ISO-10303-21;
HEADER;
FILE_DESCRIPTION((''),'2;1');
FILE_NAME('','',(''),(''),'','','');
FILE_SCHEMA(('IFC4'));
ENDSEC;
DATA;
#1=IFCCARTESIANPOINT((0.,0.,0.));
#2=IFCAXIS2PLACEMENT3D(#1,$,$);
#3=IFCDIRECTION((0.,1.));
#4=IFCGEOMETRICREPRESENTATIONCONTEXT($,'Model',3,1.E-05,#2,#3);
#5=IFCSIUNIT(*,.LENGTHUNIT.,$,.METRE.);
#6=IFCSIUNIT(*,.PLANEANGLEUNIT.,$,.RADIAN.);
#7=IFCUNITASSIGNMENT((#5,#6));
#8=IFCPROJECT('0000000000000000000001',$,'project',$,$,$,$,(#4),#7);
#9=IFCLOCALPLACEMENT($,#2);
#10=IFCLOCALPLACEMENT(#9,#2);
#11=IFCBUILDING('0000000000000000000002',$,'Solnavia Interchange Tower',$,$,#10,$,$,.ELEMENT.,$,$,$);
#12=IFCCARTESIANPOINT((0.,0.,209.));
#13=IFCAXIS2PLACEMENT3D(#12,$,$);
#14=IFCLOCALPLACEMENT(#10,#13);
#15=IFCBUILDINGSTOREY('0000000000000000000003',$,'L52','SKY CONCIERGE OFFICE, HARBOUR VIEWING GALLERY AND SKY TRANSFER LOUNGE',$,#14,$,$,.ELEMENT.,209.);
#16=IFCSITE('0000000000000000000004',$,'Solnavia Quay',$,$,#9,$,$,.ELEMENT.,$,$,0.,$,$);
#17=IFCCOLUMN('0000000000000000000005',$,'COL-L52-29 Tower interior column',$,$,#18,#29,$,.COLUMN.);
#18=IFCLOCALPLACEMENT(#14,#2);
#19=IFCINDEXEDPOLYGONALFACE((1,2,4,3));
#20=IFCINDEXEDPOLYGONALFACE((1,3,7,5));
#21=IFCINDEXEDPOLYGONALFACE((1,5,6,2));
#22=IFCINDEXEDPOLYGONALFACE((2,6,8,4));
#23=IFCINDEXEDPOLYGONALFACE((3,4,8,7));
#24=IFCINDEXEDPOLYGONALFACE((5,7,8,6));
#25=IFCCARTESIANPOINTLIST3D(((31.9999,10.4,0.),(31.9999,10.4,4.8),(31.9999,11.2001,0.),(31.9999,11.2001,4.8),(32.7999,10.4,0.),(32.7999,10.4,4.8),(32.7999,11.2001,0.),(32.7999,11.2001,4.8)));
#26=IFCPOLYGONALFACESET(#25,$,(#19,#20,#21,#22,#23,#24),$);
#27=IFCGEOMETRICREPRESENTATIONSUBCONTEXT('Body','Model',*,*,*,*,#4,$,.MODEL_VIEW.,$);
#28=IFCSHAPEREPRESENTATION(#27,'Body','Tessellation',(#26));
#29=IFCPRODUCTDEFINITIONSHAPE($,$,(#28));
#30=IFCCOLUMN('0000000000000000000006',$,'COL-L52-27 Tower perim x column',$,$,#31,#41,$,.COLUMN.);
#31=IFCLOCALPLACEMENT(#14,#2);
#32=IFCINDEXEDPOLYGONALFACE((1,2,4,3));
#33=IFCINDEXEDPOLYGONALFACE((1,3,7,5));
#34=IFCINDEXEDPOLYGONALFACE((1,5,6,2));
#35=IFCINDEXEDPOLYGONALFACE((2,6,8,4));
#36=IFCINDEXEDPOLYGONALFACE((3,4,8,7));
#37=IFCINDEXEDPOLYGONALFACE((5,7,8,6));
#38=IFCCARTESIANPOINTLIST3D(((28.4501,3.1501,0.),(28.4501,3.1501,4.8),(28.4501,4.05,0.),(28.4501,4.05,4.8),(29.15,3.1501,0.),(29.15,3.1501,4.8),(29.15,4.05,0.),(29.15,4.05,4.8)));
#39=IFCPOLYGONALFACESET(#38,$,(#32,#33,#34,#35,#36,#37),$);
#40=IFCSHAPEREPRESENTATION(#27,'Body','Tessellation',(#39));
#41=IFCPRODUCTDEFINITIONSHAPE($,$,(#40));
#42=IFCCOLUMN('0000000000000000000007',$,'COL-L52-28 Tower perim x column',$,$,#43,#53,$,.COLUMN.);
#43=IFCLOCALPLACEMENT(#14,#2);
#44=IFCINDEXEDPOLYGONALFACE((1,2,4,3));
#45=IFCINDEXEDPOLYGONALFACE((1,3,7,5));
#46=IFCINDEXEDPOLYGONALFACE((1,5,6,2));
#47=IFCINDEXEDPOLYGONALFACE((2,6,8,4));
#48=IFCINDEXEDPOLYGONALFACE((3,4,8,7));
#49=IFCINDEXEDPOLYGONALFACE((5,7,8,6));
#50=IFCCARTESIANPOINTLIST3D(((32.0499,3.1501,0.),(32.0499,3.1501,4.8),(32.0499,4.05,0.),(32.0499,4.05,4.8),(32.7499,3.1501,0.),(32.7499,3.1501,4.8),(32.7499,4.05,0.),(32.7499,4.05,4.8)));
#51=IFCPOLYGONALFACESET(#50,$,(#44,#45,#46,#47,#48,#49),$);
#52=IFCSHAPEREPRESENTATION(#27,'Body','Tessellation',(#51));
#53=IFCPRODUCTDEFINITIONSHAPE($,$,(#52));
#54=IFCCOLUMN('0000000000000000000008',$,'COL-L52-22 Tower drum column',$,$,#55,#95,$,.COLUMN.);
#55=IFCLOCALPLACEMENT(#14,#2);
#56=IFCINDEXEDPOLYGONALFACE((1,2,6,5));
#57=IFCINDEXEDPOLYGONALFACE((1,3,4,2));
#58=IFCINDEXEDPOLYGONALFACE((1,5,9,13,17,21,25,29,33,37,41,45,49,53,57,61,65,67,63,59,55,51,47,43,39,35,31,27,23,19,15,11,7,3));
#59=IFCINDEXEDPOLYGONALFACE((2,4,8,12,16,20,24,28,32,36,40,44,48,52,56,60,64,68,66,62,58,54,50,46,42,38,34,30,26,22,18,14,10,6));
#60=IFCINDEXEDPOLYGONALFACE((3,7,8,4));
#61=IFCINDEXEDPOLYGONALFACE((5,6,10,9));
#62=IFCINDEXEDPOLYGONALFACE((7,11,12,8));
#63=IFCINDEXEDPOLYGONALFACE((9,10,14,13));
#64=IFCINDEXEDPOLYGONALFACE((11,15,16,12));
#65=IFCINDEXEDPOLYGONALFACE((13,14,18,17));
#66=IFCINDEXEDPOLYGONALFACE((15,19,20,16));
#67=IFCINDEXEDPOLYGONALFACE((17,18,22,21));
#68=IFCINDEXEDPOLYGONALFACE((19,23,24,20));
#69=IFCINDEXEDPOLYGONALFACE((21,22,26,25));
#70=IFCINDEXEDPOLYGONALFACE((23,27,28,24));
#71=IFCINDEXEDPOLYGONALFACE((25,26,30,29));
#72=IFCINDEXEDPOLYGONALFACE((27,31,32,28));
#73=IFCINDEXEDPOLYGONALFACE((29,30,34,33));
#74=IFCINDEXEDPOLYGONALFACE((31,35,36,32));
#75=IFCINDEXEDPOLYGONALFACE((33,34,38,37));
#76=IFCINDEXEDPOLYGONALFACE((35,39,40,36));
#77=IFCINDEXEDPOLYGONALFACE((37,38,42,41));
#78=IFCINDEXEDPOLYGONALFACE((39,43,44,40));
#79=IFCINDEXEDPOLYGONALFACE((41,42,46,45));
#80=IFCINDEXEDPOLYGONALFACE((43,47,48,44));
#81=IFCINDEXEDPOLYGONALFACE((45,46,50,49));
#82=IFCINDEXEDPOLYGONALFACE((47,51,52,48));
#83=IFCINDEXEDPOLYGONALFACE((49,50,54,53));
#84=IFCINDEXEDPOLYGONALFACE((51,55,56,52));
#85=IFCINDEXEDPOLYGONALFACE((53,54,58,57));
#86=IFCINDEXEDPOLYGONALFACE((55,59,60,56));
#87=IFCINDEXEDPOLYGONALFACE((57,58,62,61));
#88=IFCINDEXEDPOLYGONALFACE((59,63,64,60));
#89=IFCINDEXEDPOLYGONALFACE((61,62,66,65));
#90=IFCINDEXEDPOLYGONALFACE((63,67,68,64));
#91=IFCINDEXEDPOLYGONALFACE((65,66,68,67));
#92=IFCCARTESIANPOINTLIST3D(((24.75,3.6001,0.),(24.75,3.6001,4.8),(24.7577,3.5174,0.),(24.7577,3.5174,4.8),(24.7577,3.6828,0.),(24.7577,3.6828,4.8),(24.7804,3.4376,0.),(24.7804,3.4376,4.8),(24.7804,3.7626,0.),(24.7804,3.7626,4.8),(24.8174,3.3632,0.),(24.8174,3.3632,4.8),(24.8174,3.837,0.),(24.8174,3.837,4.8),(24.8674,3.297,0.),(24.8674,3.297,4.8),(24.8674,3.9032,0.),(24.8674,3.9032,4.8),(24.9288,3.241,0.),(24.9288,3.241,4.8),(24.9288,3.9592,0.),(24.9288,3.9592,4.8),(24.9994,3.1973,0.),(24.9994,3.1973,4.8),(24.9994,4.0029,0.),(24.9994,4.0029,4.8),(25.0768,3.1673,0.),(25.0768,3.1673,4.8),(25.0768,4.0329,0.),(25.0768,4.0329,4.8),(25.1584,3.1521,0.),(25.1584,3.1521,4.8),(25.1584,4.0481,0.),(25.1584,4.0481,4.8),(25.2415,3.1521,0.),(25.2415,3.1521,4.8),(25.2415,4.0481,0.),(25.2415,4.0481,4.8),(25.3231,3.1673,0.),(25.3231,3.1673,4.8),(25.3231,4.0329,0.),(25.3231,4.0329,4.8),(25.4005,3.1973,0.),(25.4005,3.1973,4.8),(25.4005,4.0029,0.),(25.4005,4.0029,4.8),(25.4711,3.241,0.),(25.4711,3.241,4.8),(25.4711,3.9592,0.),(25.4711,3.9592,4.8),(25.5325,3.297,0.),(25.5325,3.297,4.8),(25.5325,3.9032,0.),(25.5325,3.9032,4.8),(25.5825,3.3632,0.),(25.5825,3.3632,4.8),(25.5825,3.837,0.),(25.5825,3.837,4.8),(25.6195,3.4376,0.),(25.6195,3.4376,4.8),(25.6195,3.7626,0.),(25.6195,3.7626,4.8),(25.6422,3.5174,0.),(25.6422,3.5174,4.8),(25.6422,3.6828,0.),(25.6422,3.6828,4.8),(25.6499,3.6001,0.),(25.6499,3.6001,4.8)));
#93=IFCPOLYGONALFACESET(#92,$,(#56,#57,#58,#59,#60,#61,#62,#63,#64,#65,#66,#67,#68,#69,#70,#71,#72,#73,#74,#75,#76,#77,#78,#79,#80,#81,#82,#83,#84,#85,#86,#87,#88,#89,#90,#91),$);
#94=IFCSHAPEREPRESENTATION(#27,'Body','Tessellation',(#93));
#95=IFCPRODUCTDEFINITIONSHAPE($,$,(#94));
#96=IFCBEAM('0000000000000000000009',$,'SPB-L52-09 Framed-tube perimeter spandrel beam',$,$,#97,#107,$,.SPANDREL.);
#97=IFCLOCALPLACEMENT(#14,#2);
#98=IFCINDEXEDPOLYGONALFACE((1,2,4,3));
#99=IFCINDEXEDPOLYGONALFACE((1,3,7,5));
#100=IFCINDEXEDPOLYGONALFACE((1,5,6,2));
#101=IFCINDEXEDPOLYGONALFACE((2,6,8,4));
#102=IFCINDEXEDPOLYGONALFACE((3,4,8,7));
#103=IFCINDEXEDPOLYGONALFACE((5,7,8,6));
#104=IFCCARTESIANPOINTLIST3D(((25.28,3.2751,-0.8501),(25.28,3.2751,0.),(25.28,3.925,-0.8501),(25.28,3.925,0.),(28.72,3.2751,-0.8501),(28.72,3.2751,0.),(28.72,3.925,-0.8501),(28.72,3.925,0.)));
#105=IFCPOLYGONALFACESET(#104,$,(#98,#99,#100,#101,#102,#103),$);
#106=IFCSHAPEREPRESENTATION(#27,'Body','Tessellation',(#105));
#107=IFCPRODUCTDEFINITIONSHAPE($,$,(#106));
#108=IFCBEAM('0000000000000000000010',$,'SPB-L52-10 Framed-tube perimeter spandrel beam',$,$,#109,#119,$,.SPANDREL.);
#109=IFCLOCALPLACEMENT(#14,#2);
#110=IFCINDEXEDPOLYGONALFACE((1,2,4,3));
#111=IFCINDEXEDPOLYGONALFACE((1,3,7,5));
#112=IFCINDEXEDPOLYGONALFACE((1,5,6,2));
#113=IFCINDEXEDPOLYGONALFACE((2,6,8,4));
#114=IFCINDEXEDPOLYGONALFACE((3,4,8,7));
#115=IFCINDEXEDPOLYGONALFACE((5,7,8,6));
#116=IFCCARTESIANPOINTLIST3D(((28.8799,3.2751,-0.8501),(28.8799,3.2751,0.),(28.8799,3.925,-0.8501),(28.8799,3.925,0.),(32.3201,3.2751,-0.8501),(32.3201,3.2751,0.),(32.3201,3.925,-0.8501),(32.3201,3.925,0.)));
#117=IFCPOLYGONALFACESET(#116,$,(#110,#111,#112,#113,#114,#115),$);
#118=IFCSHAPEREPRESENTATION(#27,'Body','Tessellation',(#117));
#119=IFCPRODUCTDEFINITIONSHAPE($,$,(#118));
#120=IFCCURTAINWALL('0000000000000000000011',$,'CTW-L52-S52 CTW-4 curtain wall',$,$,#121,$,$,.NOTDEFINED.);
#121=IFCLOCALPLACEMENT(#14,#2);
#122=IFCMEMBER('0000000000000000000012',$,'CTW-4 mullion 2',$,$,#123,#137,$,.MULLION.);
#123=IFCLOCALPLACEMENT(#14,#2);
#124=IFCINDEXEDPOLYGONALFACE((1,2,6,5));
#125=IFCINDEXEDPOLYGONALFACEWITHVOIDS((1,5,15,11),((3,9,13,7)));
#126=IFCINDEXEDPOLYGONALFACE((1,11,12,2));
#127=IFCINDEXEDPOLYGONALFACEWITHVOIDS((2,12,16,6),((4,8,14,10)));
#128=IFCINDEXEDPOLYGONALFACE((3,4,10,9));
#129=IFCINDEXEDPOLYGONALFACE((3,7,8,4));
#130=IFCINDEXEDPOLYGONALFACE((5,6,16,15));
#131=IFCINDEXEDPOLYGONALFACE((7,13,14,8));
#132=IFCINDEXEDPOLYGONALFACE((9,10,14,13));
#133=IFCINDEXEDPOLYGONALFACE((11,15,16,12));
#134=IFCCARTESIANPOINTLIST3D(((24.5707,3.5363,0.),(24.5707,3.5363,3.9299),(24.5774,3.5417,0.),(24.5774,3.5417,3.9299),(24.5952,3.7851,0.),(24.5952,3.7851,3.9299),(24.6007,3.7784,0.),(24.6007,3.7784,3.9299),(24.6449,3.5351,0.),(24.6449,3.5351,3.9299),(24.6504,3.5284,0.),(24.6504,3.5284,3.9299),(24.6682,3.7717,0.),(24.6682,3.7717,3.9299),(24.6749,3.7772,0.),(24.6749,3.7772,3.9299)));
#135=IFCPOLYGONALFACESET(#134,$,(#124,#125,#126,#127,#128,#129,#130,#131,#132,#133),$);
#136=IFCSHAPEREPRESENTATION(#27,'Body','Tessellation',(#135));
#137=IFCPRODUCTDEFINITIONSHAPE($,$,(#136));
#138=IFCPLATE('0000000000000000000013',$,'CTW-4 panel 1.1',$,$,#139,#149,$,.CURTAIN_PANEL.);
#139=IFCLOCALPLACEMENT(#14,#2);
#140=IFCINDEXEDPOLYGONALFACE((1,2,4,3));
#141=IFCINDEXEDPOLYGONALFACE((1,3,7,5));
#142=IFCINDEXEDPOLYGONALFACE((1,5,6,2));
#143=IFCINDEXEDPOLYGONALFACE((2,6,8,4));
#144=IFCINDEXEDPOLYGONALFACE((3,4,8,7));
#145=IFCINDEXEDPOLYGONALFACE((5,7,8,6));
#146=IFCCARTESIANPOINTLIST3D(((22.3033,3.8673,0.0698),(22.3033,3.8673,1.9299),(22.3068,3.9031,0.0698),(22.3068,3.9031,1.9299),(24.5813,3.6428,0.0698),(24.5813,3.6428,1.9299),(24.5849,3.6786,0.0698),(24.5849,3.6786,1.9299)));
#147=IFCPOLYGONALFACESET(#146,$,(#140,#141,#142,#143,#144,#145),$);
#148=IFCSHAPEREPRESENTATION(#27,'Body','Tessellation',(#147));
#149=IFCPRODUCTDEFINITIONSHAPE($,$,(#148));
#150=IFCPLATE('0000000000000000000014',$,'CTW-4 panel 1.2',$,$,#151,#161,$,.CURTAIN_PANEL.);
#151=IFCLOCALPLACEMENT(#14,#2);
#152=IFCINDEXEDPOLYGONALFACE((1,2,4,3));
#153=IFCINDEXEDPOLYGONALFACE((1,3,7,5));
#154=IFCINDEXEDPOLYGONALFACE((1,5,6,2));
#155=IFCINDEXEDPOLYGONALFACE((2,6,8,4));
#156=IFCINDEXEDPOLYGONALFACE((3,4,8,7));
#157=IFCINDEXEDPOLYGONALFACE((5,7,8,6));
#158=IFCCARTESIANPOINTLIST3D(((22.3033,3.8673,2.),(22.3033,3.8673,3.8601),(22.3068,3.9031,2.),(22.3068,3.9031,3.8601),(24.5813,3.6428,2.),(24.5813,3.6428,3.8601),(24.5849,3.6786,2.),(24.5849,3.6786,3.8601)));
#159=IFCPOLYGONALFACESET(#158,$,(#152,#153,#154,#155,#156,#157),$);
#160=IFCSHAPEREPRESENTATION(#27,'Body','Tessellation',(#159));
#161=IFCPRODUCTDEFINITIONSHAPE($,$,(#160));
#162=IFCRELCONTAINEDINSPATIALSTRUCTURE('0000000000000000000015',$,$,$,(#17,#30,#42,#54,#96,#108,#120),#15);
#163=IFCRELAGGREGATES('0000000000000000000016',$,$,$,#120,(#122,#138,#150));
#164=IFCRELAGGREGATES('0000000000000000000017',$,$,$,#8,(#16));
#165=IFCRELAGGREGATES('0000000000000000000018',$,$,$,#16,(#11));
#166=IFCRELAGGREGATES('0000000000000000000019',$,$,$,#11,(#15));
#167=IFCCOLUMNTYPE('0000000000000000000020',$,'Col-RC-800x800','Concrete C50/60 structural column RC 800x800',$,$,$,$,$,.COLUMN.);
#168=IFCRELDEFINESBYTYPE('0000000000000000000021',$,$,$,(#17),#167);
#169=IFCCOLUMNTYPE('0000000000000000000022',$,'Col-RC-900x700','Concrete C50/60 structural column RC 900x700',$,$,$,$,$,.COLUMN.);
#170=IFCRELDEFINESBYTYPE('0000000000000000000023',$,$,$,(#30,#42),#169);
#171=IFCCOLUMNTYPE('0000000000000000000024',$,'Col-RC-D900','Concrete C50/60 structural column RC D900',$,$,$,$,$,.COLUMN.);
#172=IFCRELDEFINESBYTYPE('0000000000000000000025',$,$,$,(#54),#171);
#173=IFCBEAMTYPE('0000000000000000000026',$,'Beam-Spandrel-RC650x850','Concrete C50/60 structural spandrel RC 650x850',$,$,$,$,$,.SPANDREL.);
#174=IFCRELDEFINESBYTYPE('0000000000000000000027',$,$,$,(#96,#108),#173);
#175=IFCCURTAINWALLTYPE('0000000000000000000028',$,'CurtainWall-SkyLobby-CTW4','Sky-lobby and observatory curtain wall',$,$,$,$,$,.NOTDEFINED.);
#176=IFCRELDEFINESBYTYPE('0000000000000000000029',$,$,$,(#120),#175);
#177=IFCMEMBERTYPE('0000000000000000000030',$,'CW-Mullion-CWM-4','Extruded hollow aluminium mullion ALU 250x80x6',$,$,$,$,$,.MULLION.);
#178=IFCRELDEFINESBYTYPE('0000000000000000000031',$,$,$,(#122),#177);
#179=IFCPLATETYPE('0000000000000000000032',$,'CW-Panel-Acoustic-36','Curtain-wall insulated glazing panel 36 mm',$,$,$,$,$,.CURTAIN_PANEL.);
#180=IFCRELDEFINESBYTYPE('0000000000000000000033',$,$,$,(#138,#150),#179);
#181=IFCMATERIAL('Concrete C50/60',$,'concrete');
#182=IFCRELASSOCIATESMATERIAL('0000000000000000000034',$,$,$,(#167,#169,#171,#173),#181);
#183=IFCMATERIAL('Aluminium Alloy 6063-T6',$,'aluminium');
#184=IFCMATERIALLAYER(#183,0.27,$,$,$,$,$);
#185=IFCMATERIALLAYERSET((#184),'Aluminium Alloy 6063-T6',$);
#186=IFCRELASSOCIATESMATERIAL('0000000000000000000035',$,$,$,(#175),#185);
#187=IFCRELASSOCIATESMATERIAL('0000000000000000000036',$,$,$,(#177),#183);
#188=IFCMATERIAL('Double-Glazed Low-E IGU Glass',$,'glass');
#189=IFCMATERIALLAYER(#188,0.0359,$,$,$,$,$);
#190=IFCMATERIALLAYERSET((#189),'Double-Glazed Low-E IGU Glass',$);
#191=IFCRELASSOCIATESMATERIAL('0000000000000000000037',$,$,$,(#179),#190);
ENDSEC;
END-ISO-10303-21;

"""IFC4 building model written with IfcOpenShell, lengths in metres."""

from ifc_helpers import new_model, si_unit, direction, frame, origin, origin_2d, place, context, subcontext, project, spatial, rectangle, hollow_rectangle, circle, extrude, material, layer, layer_set, material_profile, profile_set, type_object, element, aggregate, save


model = new_model("IFC4")

# Units and contexts
model_context = context("Model", 3, precision=1e-05, world=origin(), true_north=direction((0.0, 1.0)))
body_context = subcontext(model_context, "Body", "Model", "MODEL_VIEW")
ifc_project = project(units=[si_unit("LENGTHUNIT", "METRE"), si_unit("PLANEANGLEUNIT", "RADIAN")], contexts=[model_context])

# Site, building, storey
site_placement = place(None, origin())
site = spatial("IfcSite", under=ifc_project, at=site_placement, Name="Solnavia Quay", CompositionType="ELEMENT", RefElevation=0.0)
building_placement = place(site_placement, origin())
building = spatial("IfcBuilding", under=site, at=building_placement, Name="Solnavia Interchange Tower", CompositionType="ELEMENT")
storey_placement = place(building_placement, frame((0.0, 0.0, 209.0)))
storey = spatial("IfcBuildingStorey", under=building, at=storey_placement, Name="L52", Description="SKY CONCIERGE OFFICE, HARBOUR VIEWING GALLERY AND SKY TRANSFER LOUNGE", CompositionType="ELEMENT", Elevation=209.0)

# Columns
ifc_material_1 = material(Name="Concrete C50/60", Category="concrete")
ifc_material_profile_1 = material_profile(ifc_material_1, rectangle(XDim=0.8, YDim=0.8, at=origin_2d()), Name="RC 800x800")
ifc_profile_set_1 = profile_set([ifc_material_profile_1], Name="Concrete C50/60")
column_type_1 = type_object("IfcColumnType", Name="Col-RC-800x800", Description="Concrete C50/60 structural column RC 800x800", PredefinedType="COLUMN", material=ifc_profile_set_1)
column_1_placement = place(storey_placement, frame((32.3999, 10.8, 0.0), z_axis=(0.0, 0.0, 1.0), x_axis=(1.0, 0.0, 0.0)))
element("IfcColumn", 1, at=column_1_placement, inside=storey, type_object=column_type_1, Name="COL-L52-29 Tower interior column", PredefinedType="COLUMN", context=body_context, shape_type="SweptSolid", body=[
    extrude(rectangle(XDim=0.8, YDim=0.8, at=origin_2d()), origin(), (0.0, 0.0, 1.0), 4.8),
])
ifc_material_profile_2 = material_profile(ifc_material_1, rectangle(XDim=0.7, YDim=0.8999, at=origin_2d()), Name="RC 900x700")
ifc_profile_set_2 = profile_set([ifc_material_profile_2], Name="Concrete C50/60")
column_type_2 = type_object("IfcColumnType", Name="Col-RC-900x700", Description="Concrete C50/60 structural column RC 900x700", PredefinedType="COLUMN", material=ifc_profile_set_2)
for number, where, z_axis, x_axis, name in (
    (2, (28.8, 3.6001, 0.0), (0.0, 0.0, 1.0), (1.0, 0.0, 0.0), "COL-L52-27 Tower perim x column"),
    (3, (32.3999, 3.6001, 0.0), (0.0, 0.0, 1.0), (1.0, 0.0, 0.0), "COL-L52-28 Tower perim x column"),
):
    element("IfcColumn", number, at=place(storey_placement, frame(where, z_axis=z_axis, x_axis=x_axis)), inside=storey, type_object=column_type_2, Name=name, PredefinedType="COLUMN", context=body_context, shape_type="SweptSolid", body=[
        extrude(rectangle(XDim=0.7, YDim=0.8999, at=origin_2d()), origin(), (0.0, 0.0, 1.0), 4.8),
    ])
ifc_material_profile_3 = material_profile(ifc_material_1, circle(Radius=0.45, at=origin_2d()), Name="RC D900")
ifc_profile_set_3 = profile_set([ifc_material_profile_3], Name="Concrete C50/60")
column_type_3 = type_object("IfcColumnType", Name="Col-RC-D900", Description="Concrete C50/60 structural column RC D900", PredefinedType="COLUMN", material=ifc_profile_set_3)
column_2_placement = place(storey_placement, frame((25.2, 3.6001, 0.0), z_axis=(0.0, 0.0, 1.0), x_axis=(1.0, 0.0, 0.0)))
element("IfcColumn", 4, at=column_2_placement, inside=storey, type_object=column_type_3, Name="COL-L52-22 Tower drum column", PredefinedType="COLUMN", context=body_context, shape_type="SweptSolid", body=[
    extrude(circle(Radius=0.45, at=origin_2d()), origin(), (0.0, 0.0, 1.0), 4.8),
])

# Beams
ifc_material_profile_4 = material_profile(ifc_material_1, rectangle(XDim=0.6499, YDim=0.8501, at=origin_2d()), Name="RC 650x850")
ifc_profile_set_4 = profile_set([ifc_material_profile_4], Name="Concrete C50/60")
beam_type = type_object("IfcBeamType", Name="Beam-Spandrel-RC650x850", Description="Concrete C50/60 structural spandrel RC 650x850", PredefinedType="SPANDREL", material=ifc_profile_set_4)
beam_1_placement = place(storey_placement, frame((25.28, 3.6001, -0.425), z_axis=(1.0, 0.0, 0.0), x_axis=(0.0, 1.0, 0.0)))
element("IfcBeam", 5, at=beam_1_placement, inside=storey, type_object=beam_type, Name="SPB-L52-09 Framed-tube perimeter spandrel beam", PredefinedType="SPANDREL", context=body_context, shape_type="SweptSolid", body=[
    extrude(rectangle(XDim=0.6499, YDim=0.8501, at=origin_2d()), origin(), (0.0, 0.0, 1.0), 3.4399),
])
beam_2_placement = place(storey_placement, frame((28.8799, 3.6001, -0.425), z_axis=(1.0, 0.0, 0.0), x_axis=(0.0, 1.0, 0.0)))
element("IfcBeam", 6, at=beam_2_placement, inside=storey, type_object=beam_type, Name="SPB-L52-10 Framed-tube perimeter spandrel beam", PredefinedType="SPANDREL", context=body_context, shape_type="SweptSolid", body=[
    extrude(rectangle(XDim=0.6499, YDim=0.8501, at=origin_2d()), origin(), (0.0, 0.0, 1.0), 3.4402),
])

# Curtain wall, member, plates
ifc_material_2 = material(Name="Aluminium Alloy 6063-T6", Category="aluminium")
ifc_layer_1 = layer(ifc_material_2, 0.27)
ifc_layer_set_1 = layer_set([ifc_layer_1], Name="Aluminium Alloy 6063-T6")
curtain_wall_type = type_object("IfcCurtainWallType", Name="CurtainWall-SkyLobby-CTW4", Description="Sky-lobby and observatory curtain wall", PredefinedType="NOTDEFINED", material=ifc_layer_set_1)
curtain_wall_placement = place(storey_placement, origin())
curtain_wall = element("IfcCurtainWall", 7, at=curtain_wall_placement, inside=storey, type_object=curtain_wall_type, Name="CTW-L52-S52 CTW-4 curtain wall", PredefinedType="NOTDEFINED")
ifc_material_profile_5 = material_profile(ifc_material_2, hollow_rectangle(XDim=0.0801, YDim=0.25, WallThickness=0.0061, at=origin_2d()), Name="ALU 250x80x6")
ifc_profile_set_5 = profile_set([ifc_material_profile_5], Name="Aluminium Alloy 6063-T6")
member_type = type_object("IfcMemberType", Name="CW-Mullion-CWM-4", Description="Extruded hollow aluminium mullion ALU 250x80x6", PredefinedType="MULLION", material=ifc_profile_set_5)
member_placement = place(storey_placement, frame((24.6228, 3.6567, 0.0), z_axis=(0.0, 0.0, 1.0), x_axis=(0.995178, -0.098081, 0.0)))
member = element("IfcMember", 8, at=member_placement, type_object=member_type, Name="CTW-4 mullion 2", PredefinedType="MULLION", context=body_context, shape_type="SweptSolid", body=[
    extrude(hollow_rectangle(XDim=0.0801, YDim=0.25, WallThickness=0.0061, at=origin_2d()), origin(), (0.0, 0.0, 1.0), 3.9299),
])
ifc_material_3 = material(Name="Double-Glazed Low-E IGU Glass", Category="glass")
ifc_layer_2 = layer(ifc_material_3, 0.0359)
ifc_layer_set_2 = layer_set([ifc_layer_2], Name="Double-Glazed Low-E IGU Glass")
plate_type = type_object("IfcPlateType", Name="CW-Panel-Acoustic-36", Description="Curtain-wall insulated glazing panel 36 mm", PredefinedType="CURTAIN_PANEL", material=ifc_layer_set_2)
plate_1_placement = place(storey_placement, frame((23.4441, 3.7729, 0.0698), z_axis=(0.0, 0.0, 1.0), x_axis=(0.995178, -0.098081, 0.0)))
plate_1 = element("IfcPlate", 9, at=plate_1_placement, type_object=plate_type, Name="CTW-4 panel 1.1", PredefinedType="CURTAIN_PANEL", context=body_context, shape_type="SweptSolid", body=[
    extrude(rectangle(XDim=2.2891, YDim=0.0359, at=origin_2d()), origin(), (0.0, 0.0, 1.0), 1.8601),
])
plate_2_placement = place(storey_placement, frame((23.4441, 3.7729, 2.0), z_axis=(0.0, 0.0, 1.0), x_axis=(0.995178, -0.098081, 0.0)))
plate_2 = element("IfcPlate", 10, at=plate_2_placement, type_object=plate_type, Name="CTW-4 panel 1.2", PredefinedType="CURTAIN_PANEL", context=body_context, shape_type="SweptSolid", body=[
    extrude(rectangle(XDim=2.2891, YDim=0.0359, at=origin_2d()), origin(), (0.0, 0.0, 1.0), 1.8601),
])
aggregate(curtain_wall, [member, plate_1, plate_2])

save(model, "model.ifc")
